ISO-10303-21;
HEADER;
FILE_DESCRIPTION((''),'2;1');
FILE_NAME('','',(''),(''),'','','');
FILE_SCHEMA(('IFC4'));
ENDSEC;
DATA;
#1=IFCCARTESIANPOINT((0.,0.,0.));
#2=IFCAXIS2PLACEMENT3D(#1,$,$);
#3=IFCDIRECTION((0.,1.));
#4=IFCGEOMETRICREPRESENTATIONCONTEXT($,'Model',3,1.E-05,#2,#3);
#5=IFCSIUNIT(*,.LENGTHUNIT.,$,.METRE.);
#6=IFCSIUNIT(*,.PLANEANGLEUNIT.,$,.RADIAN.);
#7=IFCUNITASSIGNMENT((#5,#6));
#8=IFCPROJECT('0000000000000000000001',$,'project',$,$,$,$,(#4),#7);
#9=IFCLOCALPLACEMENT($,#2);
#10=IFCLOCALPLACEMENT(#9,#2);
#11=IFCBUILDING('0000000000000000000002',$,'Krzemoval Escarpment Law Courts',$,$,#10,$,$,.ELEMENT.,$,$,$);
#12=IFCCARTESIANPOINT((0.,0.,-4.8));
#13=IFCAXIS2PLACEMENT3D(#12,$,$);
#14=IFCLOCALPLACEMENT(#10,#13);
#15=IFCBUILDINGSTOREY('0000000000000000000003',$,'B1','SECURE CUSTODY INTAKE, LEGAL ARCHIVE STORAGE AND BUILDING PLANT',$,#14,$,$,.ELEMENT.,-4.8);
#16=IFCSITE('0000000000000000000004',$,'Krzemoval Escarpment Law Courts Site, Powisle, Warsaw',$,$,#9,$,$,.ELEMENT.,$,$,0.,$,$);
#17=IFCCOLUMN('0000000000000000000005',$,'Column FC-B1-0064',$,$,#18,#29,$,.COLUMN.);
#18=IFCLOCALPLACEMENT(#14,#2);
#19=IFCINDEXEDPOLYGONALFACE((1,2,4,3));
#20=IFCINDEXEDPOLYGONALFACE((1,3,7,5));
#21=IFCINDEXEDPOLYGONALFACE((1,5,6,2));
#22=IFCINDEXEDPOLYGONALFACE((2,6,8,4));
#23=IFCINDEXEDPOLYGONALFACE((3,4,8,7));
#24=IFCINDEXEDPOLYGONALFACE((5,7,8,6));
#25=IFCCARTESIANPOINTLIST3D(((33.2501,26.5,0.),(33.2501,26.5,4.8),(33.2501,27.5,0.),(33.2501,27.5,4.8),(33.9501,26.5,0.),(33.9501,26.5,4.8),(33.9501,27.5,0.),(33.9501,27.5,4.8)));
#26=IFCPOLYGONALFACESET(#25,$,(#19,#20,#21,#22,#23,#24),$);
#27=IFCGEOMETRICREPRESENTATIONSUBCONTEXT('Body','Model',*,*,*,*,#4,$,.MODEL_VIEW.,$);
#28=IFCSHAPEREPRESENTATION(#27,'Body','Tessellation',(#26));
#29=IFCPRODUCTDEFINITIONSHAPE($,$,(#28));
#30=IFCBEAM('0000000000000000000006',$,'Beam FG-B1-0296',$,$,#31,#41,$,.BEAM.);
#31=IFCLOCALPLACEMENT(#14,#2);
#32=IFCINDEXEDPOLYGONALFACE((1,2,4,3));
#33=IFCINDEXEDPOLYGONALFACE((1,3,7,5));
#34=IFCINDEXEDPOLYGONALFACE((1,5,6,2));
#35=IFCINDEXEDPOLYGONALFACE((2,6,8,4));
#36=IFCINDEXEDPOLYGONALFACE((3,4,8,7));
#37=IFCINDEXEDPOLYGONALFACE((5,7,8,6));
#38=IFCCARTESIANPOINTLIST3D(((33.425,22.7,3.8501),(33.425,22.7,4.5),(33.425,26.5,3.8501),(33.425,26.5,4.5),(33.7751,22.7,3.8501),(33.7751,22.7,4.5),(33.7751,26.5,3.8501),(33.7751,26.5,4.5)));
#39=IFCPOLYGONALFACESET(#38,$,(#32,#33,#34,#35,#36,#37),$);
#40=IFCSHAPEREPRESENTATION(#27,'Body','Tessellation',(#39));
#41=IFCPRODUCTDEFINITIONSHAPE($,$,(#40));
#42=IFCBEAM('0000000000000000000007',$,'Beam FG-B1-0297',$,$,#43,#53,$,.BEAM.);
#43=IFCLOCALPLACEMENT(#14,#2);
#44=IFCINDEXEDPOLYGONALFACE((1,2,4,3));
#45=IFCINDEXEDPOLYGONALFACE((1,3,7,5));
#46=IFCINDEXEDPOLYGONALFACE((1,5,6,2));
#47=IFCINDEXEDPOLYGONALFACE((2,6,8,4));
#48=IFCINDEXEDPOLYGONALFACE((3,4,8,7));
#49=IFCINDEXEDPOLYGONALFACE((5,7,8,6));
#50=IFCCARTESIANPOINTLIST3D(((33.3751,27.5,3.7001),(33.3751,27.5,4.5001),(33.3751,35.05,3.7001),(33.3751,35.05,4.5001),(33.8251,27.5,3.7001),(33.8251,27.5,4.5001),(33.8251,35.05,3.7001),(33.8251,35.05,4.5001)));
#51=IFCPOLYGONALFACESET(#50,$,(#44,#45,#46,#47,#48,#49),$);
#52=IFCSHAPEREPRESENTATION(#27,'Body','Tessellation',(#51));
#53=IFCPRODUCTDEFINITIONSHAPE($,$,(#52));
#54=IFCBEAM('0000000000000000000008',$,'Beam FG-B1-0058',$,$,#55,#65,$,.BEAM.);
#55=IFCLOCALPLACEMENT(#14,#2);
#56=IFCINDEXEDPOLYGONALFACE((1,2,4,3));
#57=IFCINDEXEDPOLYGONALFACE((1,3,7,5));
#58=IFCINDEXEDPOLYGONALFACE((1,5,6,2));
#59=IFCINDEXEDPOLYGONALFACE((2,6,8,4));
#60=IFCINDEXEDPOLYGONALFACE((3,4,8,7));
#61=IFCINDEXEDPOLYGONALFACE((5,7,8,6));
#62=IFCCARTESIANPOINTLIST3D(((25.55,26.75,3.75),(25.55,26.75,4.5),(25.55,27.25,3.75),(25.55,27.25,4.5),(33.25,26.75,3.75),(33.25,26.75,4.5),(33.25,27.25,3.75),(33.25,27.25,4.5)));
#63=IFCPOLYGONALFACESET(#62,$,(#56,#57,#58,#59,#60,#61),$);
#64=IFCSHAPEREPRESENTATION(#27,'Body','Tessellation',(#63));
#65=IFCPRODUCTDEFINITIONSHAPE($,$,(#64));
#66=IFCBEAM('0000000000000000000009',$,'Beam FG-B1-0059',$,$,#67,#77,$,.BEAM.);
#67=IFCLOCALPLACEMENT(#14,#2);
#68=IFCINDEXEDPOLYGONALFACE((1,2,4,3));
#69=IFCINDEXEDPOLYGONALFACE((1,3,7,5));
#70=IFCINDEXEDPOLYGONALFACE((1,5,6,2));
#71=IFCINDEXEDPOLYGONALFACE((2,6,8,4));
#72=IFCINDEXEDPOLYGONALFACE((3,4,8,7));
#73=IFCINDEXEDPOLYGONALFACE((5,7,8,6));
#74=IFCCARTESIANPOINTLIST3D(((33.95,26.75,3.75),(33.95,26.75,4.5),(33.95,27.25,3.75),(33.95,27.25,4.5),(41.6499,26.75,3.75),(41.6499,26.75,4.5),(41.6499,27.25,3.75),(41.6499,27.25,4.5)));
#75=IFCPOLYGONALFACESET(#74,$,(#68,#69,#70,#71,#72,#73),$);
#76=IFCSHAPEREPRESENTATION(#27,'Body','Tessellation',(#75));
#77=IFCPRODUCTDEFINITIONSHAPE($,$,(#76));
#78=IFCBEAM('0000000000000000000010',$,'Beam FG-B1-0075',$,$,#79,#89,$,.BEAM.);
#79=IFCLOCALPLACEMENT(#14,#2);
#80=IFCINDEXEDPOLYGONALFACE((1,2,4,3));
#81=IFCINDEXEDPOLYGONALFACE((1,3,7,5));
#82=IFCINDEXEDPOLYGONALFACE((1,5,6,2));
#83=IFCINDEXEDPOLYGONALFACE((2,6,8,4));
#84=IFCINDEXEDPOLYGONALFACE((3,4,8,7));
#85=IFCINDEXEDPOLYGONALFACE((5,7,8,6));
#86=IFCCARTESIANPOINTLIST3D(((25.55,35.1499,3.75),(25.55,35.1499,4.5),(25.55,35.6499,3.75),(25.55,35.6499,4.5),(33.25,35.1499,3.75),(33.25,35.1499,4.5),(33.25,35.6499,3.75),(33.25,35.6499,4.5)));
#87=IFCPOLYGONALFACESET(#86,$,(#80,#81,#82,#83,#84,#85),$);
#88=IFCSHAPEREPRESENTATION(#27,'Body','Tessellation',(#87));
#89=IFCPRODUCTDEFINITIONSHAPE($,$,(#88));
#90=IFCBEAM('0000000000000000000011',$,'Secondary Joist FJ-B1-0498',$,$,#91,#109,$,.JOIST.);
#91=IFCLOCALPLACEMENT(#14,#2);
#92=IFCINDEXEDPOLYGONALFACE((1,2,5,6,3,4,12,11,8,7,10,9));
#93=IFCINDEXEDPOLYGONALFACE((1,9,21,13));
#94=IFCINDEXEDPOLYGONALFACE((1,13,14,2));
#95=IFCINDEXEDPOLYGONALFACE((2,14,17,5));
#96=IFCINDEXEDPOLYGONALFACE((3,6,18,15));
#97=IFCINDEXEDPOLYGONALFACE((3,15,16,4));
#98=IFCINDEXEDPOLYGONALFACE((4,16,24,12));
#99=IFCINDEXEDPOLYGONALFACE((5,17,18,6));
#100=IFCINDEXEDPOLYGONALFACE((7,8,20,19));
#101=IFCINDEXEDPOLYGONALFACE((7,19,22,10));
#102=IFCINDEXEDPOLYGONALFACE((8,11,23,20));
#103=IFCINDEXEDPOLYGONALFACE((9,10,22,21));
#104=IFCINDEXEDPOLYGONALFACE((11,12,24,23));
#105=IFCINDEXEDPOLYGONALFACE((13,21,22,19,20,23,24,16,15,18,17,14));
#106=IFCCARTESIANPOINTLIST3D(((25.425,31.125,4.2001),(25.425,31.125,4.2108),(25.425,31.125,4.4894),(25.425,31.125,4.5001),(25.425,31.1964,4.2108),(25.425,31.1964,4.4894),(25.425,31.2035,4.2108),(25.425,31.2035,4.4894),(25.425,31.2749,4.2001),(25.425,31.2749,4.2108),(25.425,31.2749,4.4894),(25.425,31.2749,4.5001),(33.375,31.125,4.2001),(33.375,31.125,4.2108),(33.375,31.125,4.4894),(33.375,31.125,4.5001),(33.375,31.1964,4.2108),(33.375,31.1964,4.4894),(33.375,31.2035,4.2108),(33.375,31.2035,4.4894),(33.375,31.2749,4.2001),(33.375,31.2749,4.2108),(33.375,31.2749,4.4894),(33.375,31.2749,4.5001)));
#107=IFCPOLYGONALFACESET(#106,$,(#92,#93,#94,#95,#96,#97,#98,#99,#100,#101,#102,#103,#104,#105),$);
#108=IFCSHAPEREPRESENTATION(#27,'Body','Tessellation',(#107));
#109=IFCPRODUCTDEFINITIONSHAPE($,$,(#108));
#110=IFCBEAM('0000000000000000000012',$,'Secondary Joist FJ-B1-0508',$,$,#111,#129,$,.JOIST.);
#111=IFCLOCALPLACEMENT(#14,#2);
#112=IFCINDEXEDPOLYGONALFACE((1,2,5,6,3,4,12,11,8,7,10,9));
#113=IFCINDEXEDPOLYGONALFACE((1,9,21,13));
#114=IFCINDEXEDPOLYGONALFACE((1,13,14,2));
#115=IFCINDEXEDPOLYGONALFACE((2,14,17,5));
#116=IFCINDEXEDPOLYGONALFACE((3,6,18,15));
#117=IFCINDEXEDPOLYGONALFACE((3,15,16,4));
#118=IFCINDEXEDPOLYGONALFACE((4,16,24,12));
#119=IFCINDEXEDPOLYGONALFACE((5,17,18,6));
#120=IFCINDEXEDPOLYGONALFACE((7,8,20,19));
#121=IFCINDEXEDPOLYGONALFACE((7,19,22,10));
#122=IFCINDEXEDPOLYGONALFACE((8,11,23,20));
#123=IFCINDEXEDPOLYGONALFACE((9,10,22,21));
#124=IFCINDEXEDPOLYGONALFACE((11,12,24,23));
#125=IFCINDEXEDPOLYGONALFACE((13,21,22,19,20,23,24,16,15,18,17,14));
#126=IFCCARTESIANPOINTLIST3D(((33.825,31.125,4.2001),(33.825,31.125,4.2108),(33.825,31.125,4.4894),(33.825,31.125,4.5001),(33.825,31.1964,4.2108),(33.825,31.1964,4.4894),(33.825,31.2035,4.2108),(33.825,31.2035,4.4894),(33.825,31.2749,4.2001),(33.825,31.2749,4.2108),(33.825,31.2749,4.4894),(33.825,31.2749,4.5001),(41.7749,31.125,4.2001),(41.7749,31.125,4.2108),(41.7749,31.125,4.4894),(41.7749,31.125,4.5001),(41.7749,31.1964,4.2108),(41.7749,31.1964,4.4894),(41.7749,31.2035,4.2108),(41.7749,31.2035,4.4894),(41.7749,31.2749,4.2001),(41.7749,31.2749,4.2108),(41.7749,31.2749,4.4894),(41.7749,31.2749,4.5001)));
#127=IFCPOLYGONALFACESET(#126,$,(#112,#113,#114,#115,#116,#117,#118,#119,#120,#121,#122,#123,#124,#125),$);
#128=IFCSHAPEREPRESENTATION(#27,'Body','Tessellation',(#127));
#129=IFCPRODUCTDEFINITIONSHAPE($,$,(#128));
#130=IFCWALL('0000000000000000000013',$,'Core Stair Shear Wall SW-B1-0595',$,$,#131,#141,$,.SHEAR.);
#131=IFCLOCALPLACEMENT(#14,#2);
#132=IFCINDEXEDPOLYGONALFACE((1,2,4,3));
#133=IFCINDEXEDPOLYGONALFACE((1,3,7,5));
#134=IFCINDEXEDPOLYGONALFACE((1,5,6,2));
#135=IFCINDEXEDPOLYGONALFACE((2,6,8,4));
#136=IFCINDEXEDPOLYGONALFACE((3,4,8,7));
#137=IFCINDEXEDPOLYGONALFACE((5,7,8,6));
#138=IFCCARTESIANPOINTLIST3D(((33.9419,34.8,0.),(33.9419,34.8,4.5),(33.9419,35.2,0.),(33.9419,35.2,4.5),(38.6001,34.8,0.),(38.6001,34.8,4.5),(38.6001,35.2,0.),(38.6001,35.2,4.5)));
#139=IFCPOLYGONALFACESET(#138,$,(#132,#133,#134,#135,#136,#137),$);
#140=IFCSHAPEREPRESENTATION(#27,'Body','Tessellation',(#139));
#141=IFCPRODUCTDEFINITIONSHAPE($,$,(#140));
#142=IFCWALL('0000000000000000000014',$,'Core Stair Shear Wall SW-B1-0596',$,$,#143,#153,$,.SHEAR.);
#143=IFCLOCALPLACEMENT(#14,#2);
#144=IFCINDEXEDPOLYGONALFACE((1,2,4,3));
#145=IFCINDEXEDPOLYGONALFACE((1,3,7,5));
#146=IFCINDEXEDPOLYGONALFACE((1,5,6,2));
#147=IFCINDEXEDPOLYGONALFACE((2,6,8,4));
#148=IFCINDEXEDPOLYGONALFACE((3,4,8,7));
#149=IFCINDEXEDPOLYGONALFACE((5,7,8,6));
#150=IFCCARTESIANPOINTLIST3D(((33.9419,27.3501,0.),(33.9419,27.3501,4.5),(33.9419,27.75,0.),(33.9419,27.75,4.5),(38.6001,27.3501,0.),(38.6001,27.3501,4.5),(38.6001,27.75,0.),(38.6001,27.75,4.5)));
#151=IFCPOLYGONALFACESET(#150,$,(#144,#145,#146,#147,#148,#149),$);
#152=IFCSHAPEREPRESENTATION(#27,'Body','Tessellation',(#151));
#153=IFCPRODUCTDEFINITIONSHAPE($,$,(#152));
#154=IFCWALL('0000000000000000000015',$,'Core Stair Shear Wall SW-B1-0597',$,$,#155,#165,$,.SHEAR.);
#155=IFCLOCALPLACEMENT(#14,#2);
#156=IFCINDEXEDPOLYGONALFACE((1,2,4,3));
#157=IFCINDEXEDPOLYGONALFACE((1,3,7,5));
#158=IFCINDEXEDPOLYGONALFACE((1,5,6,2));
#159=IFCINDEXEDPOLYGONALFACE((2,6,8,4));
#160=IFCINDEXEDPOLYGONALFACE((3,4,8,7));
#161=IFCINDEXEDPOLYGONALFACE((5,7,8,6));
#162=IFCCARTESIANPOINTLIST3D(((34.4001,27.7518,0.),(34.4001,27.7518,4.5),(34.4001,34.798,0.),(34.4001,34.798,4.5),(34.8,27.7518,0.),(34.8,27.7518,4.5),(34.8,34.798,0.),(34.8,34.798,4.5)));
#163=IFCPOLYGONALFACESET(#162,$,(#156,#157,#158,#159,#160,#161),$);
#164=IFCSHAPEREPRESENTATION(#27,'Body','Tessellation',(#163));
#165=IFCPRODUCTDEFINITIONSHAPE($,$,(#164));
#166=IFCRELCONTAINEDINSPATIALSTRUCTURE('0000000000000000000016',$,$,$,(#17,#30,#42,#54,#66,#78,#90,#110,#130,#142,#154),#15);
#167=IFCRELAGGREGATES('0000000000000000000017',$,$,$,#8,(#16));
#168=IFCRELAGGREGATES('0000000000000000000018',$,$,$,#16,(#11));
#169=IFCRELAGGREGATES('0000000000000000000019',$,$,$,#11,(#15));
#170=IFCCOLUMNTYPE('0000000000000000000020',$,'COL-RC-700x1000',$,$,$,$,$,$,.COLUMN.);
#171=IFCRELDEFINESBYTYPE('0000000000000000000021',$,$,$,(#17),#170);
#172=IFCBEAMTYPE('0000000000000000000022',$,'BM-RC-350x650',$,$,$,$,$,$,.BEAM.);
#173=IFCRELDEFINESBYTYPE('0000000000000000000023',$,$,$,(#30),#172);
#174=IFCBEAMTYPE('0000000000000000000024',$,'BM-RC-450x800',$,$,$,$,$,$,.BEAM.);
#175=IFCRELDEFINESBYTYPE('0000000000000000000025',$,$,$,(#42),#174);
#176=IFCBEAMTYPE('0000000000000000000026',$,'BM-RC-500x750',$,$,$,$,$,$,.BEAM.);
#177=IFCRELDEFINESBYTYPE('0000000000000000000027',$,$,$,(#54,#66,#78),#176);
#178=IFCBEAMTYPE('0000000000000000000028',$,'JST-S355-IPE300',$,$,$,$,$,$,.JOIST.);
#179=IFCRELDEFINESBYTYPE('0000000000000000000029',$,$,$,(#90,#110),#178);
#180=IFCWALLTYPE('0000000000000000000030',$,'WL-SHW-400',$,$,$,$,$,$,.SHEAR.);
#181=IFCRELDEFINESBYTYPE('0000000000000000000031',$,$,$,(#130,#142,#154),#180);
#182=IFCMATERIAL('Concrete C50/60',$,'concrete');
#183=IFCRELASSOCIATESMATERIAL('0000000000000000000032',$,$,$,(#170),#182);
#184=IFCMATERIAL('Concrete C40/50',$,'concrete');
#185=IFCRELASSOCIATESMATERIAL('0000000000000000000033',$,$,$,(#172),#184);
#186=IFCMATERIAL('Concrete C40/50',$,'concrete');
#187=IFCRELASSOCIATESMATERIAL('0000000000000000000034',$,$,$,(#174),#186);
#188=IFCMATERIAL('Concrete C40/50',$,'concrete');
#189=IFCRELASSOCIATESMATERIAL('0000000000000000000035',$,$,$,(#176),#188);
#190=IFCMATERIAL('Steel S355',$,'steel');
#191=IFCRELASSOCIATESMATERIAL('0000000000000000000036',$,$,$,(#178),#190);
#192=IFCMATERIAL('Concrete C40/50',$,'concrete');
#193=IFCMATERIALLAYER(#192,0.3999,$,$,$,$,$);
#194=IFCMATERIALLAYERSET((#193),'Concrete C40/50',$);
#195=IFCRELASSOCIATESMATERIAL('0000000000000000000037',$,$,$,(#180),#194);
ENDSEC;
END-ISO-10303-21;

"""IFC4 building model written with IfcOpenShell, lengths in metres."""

from ifc_helpers import new_model, si_unit, direction, frame, frame_2d, origin, origin_2d, place, context, subcontext, project, spatial, rectangle, i_section, extrude, material, layer, layer_set, material_profile, profile_set, type_object, element, save


model = new_model("IFC4")

# Units and contexts
model_context = context("Model", 3, precision=1e-05, world=origin(), true_north=direction((0.0, 1.0)))
body_context = subcontext(model_context, "Body", "Model", "MODEL_VIEW")
ifc_project = project(units=[si_unit("LENGTHUNIT", "METRE"), si_unit("PLANEANGLEUNIT", "RADIAN")], contexts=[model_context])

# Site, building, storey
site_placement = place(None, origin())
site = spatial("IfcSite", under=ifc_project, at=site_placement, Name="Krzemoval Escarpment Law Courts Site, Powisle, Warsaw", CompositionType="ELEMENT", RefElevation=0.0)
building_placement = place(site_placement, origin())
building = spatial("IfcBuilding", under=site, at=building_placement, Name="Krzemoval Escarpment Law Courts", CompositionType="ELEMENT")
storey_placement = place(building_placement, frame((0.0, 0.0, -4.8)))
storey = spatial("IfcBuildingStorey", under=building, at=storey_placement, Name="B1", Description="SECURE CUSTODY INTAKE, LEGAL ARCHIVE STORAGE AND BUILDING PLANT", CompositionType="ELEMENT", Elevation=-4.8)

# Column
ifc_material_1 = material(Name="Concrete C50/60", Category="concrete")
ifc_material_profile_1 = material_profile(ifc_material_1, rectangle(XDim=0.7, YDim=1.0, at=origin_2d()), Name="RC 700x1000")
ifc_profile_set_1 = profile_set([ifc_material_profile_1], Name="Concrete C50/60")
column_type_1 = type_object("IfcColumnType", Name="COL-RC-700x1000", PredefinedType="COLUMN", material=ifc_profile_set_1)
column_1_placement = place(storey_placement, frame((33.6001, 27.0, 0.0), z_axis=(0.0, 0.0, 1.0), x_axis=(1.0, 0.0, 0.0)))
element("IfcColumn", 1, at=column_1_placement, inside=storey, type_object=column_type_1, Name="Column FC-B1-0064", PredefinedType="COLUMN", context=body_context, shape_type="SweptSolid", body=[
    extrude(rectangle(XDim=0.7, YDim=1.0, at=origin_2d()), origin(), (0.0, 0.0, 1.0), 4.8),
])

# Beams
ifc_material_2 = material(Name="Concrete C40/50", Category="concrete")
ifc_material_profile_2 = material_profile(ifc_material_2, rectangle(XDim=0.3501, YDim=0.6499, at=origin_2d()), Name="RCB 350x650")
ifc_profile_set_2 = profile_set([ifc_material_profile_2], Name="Concrete C40/50")
beam_type_1 = type_object("IfcBeamType", Name="BM-RC-350x650", PredefinedType="BEAM", material=ifc_profile_set_2)
beam_1_placement = place(storey_placement, frame((33.6001, 22.7, 4.175), z_axis=(0.0, 1.0, 0.0), x_axis=(-1.0, 0.0, 0.0)))
element("IfcBeam", 2, at=beam_1_placement, inside=storey, type_object=beam_type_1, Name="Beam FG-B1-0296", PredefinedType="BEAM", context=body_context, shape_type="SweptSolid", body=[
    extrude(rectangle(XDim=0.3501, YDim=0.6499, at=origin_2d()), origin(), (0.0, 0.0, 1.0), 3.8),
])
ifc_material_3 = material(Name="Concrete C40/50", Category="concrete")
ifc_material_profile_3 = material_profile(ifc_material_3, rectangle(XDim=0.45, YDim=0.8, at=origin_2d()), Name="RCB 450x800")
ifc_profile_set_3 = profile_set([ifc_material_profile_3], Name="Concrete C40/50")
beam_type_2 = type_object("IfcBeamType", Name="BM-RC-450x800", PredefinedType="BEAM", material=ifc_profile_set_3)
beam_2_placement = place(storey_placement, frame((33.6001, 27.5, 4.1001), z_axis=(0.0, 1.0, 0.0), x_axis=(-1.0, 0.0, 0.0)))
element("IfcBeam", 3, at=beam_2_placement, inside=storey, type_object=beam_type_2, Name="Beam FG-B1-0297", PredefinedType="BEAM", context=body_context, shape_type="SweptSolid", body=[
    extrude(rectangle(XDim=0.45, YDim=0.8, at=origin_2d()), origin(), (0.0, 0.0, 1.0), 7.55),
])
ifc_material_4 = material(Name="Concrete C40/50", Category="concrete")
ifc_material_profile_4 = material_profile(ifc_material_4, rectangle(XDim=0.5, YDim=0.75, at=origin_2d()), Name="RCB 500x750")
ifc_profile_set_4 = profile_set([ifc_material_profile_4], Name="Concrete C40/50")
beam_type_3 = type_object("IfcBeamType", Name="BM-RC-500x750", PredefinedType="BEAM", material=ifc_profile_set_4)
for number, where, z_axis, x_axis, name in (
    (4, (25.55, 27.0, 4.125), (1.0, 0.0, 0.0), (0.0, 1.0, 0.0), "Beam FG-B1-0058"),
    (5, (33.95, 27.0, 4.125), (1.0, 0.0, 0.0), (0.0, 1.0, 0.0), "Beam FG-B1-0059"),
    (6, (25.55, 35.3999, 4.125), (1.0, 0.0, 0.0), (0.0, 1.0, 0.0), "Beam FG-B1-0075"),
):
    element("IfcBeam", number, at=place(storey_placement, frame(where, z_axis=z_axis, x_axis=x_axis)), inside=storey, type_object=beam_type_3, Name=name, PredefinedType="BEAM", context=body_context, shape_type="SweptSolid", body=[
        extrude(rectangle(XDim=0.5, YDim=0.75, at=origin_2d()), origin(), (0.0, 0.0, 1.0), 7.7),
    ])
ifc_material_5 = material(Name="Steel S355", Category="steel")
ifc_material_profile_5 = material_profile(ifc_material_5, i_section(OverallWidth=0.1499, OverallDepth=0.3, WebThickness=0.0071, FlangeThickness=0.0107, at=origin_2d()), Name="IPE 300")
ifc_profile_set_5 = profile_set([ifc_material_profile_5], Name="Steel S355")
beam_type_4 = type_object("IfcBeamType", Name="JST-S355-IPE300", PredefinedType="JOIST", material=ifc_profile_set_5)
for number, where, z_axis, x_axis, name in (
    (7, (25.425, 31.2, 4.3501), (1.0, 0.0, 0.0), (0.0, 1.0, 0.0), "Secondary Joist FJ-B1-0498"),
    (8, (33.825, 31.2, 4.3501), (1.0, 0.0, 0.0), (0.0, 1.0, 0.0), "Secondary Joist FJ-B1-0508"),
):
    element("IfcBeam", number, at=place(storey_placement, frame(where, z_axis=z_axis, x_axis=x_axis)), inside=storey, type_object=beam_type_4, Name=name, PredefinedType="JOIST", context=body_context, shape_type="SweptSolid", body=[
        extrude(i_section(OverallWidth=0.1499, OverallDepth=0.3, WebThickness=0.0071, FlangeThickness=0.0107, at=origin_2d()), origin(), (0.0, 0.0, 1.0), 7.95),
    ])

# Walls
ifc_material_6 = material(Name="Concrete C40/50", Category="concrete")
ifc_layer = layer(ifc_material_6, 0.3999)
ifc_layer_set = layer_set([ifc_layer], Name="Concrete C40/50")
wall_type = type_object("IfcWallType", Name="WL-SHW-400", PredefinedType="SHEAR", material=ifc_layer_set)
for number, where, z_axis, x_axis, name in (
    (9, (33.9419, 35.0, 0.0), (0.0, 0.0, 1.0), (1.0, 0.0, 0.0), "Core Stair Shear Wall SW-B1-0595"),
    (10, (33.9419, 27.55, 0.0), (0.0, 0.0, 1.0), (1.0, 0.0, 0.0), "Core Stair Shear Wall SW-B1-0596"),
):
    element("IfcWall", number, at=place(storey_placement, frame(where, z_axis=z_axis, x_axis=x_axis)), inside=storey, type_object=wall_type, Name=name, PredefinedType="SHEAR", context=body_context, shape_type="SweptSolid", body=[
        extrude(rectangle(XDim=4.6582, YDim=0.3999, at=frame_2d((2.3291, 0.0))), origin(), (0.0, 0.0, 1.0), 4.5),
    ])
wall_placement = place(storey_placement, frame((34.6001, 27.752, 0.0), z_axis=(0.0, 0.0, 1.0), x_axis=(0.0, 1.0, 0.0)))
element("IfcWall", 11, at=wall_placement, inside=storey, type_object=wall_type, Name="Core Stair Shear Wall SW-B1-0597", PredefinedType="SHEAR", context=body_context, shape_type="SweptSolid", body=[
    extrude(rectangle(XDim=7.0461, YDim=0.3999, at=frame_2d((3.5229, 0.0))), origin(), (0.0, 0.0, 1.0), 4.5),
])

save(model, "model.ifc")
